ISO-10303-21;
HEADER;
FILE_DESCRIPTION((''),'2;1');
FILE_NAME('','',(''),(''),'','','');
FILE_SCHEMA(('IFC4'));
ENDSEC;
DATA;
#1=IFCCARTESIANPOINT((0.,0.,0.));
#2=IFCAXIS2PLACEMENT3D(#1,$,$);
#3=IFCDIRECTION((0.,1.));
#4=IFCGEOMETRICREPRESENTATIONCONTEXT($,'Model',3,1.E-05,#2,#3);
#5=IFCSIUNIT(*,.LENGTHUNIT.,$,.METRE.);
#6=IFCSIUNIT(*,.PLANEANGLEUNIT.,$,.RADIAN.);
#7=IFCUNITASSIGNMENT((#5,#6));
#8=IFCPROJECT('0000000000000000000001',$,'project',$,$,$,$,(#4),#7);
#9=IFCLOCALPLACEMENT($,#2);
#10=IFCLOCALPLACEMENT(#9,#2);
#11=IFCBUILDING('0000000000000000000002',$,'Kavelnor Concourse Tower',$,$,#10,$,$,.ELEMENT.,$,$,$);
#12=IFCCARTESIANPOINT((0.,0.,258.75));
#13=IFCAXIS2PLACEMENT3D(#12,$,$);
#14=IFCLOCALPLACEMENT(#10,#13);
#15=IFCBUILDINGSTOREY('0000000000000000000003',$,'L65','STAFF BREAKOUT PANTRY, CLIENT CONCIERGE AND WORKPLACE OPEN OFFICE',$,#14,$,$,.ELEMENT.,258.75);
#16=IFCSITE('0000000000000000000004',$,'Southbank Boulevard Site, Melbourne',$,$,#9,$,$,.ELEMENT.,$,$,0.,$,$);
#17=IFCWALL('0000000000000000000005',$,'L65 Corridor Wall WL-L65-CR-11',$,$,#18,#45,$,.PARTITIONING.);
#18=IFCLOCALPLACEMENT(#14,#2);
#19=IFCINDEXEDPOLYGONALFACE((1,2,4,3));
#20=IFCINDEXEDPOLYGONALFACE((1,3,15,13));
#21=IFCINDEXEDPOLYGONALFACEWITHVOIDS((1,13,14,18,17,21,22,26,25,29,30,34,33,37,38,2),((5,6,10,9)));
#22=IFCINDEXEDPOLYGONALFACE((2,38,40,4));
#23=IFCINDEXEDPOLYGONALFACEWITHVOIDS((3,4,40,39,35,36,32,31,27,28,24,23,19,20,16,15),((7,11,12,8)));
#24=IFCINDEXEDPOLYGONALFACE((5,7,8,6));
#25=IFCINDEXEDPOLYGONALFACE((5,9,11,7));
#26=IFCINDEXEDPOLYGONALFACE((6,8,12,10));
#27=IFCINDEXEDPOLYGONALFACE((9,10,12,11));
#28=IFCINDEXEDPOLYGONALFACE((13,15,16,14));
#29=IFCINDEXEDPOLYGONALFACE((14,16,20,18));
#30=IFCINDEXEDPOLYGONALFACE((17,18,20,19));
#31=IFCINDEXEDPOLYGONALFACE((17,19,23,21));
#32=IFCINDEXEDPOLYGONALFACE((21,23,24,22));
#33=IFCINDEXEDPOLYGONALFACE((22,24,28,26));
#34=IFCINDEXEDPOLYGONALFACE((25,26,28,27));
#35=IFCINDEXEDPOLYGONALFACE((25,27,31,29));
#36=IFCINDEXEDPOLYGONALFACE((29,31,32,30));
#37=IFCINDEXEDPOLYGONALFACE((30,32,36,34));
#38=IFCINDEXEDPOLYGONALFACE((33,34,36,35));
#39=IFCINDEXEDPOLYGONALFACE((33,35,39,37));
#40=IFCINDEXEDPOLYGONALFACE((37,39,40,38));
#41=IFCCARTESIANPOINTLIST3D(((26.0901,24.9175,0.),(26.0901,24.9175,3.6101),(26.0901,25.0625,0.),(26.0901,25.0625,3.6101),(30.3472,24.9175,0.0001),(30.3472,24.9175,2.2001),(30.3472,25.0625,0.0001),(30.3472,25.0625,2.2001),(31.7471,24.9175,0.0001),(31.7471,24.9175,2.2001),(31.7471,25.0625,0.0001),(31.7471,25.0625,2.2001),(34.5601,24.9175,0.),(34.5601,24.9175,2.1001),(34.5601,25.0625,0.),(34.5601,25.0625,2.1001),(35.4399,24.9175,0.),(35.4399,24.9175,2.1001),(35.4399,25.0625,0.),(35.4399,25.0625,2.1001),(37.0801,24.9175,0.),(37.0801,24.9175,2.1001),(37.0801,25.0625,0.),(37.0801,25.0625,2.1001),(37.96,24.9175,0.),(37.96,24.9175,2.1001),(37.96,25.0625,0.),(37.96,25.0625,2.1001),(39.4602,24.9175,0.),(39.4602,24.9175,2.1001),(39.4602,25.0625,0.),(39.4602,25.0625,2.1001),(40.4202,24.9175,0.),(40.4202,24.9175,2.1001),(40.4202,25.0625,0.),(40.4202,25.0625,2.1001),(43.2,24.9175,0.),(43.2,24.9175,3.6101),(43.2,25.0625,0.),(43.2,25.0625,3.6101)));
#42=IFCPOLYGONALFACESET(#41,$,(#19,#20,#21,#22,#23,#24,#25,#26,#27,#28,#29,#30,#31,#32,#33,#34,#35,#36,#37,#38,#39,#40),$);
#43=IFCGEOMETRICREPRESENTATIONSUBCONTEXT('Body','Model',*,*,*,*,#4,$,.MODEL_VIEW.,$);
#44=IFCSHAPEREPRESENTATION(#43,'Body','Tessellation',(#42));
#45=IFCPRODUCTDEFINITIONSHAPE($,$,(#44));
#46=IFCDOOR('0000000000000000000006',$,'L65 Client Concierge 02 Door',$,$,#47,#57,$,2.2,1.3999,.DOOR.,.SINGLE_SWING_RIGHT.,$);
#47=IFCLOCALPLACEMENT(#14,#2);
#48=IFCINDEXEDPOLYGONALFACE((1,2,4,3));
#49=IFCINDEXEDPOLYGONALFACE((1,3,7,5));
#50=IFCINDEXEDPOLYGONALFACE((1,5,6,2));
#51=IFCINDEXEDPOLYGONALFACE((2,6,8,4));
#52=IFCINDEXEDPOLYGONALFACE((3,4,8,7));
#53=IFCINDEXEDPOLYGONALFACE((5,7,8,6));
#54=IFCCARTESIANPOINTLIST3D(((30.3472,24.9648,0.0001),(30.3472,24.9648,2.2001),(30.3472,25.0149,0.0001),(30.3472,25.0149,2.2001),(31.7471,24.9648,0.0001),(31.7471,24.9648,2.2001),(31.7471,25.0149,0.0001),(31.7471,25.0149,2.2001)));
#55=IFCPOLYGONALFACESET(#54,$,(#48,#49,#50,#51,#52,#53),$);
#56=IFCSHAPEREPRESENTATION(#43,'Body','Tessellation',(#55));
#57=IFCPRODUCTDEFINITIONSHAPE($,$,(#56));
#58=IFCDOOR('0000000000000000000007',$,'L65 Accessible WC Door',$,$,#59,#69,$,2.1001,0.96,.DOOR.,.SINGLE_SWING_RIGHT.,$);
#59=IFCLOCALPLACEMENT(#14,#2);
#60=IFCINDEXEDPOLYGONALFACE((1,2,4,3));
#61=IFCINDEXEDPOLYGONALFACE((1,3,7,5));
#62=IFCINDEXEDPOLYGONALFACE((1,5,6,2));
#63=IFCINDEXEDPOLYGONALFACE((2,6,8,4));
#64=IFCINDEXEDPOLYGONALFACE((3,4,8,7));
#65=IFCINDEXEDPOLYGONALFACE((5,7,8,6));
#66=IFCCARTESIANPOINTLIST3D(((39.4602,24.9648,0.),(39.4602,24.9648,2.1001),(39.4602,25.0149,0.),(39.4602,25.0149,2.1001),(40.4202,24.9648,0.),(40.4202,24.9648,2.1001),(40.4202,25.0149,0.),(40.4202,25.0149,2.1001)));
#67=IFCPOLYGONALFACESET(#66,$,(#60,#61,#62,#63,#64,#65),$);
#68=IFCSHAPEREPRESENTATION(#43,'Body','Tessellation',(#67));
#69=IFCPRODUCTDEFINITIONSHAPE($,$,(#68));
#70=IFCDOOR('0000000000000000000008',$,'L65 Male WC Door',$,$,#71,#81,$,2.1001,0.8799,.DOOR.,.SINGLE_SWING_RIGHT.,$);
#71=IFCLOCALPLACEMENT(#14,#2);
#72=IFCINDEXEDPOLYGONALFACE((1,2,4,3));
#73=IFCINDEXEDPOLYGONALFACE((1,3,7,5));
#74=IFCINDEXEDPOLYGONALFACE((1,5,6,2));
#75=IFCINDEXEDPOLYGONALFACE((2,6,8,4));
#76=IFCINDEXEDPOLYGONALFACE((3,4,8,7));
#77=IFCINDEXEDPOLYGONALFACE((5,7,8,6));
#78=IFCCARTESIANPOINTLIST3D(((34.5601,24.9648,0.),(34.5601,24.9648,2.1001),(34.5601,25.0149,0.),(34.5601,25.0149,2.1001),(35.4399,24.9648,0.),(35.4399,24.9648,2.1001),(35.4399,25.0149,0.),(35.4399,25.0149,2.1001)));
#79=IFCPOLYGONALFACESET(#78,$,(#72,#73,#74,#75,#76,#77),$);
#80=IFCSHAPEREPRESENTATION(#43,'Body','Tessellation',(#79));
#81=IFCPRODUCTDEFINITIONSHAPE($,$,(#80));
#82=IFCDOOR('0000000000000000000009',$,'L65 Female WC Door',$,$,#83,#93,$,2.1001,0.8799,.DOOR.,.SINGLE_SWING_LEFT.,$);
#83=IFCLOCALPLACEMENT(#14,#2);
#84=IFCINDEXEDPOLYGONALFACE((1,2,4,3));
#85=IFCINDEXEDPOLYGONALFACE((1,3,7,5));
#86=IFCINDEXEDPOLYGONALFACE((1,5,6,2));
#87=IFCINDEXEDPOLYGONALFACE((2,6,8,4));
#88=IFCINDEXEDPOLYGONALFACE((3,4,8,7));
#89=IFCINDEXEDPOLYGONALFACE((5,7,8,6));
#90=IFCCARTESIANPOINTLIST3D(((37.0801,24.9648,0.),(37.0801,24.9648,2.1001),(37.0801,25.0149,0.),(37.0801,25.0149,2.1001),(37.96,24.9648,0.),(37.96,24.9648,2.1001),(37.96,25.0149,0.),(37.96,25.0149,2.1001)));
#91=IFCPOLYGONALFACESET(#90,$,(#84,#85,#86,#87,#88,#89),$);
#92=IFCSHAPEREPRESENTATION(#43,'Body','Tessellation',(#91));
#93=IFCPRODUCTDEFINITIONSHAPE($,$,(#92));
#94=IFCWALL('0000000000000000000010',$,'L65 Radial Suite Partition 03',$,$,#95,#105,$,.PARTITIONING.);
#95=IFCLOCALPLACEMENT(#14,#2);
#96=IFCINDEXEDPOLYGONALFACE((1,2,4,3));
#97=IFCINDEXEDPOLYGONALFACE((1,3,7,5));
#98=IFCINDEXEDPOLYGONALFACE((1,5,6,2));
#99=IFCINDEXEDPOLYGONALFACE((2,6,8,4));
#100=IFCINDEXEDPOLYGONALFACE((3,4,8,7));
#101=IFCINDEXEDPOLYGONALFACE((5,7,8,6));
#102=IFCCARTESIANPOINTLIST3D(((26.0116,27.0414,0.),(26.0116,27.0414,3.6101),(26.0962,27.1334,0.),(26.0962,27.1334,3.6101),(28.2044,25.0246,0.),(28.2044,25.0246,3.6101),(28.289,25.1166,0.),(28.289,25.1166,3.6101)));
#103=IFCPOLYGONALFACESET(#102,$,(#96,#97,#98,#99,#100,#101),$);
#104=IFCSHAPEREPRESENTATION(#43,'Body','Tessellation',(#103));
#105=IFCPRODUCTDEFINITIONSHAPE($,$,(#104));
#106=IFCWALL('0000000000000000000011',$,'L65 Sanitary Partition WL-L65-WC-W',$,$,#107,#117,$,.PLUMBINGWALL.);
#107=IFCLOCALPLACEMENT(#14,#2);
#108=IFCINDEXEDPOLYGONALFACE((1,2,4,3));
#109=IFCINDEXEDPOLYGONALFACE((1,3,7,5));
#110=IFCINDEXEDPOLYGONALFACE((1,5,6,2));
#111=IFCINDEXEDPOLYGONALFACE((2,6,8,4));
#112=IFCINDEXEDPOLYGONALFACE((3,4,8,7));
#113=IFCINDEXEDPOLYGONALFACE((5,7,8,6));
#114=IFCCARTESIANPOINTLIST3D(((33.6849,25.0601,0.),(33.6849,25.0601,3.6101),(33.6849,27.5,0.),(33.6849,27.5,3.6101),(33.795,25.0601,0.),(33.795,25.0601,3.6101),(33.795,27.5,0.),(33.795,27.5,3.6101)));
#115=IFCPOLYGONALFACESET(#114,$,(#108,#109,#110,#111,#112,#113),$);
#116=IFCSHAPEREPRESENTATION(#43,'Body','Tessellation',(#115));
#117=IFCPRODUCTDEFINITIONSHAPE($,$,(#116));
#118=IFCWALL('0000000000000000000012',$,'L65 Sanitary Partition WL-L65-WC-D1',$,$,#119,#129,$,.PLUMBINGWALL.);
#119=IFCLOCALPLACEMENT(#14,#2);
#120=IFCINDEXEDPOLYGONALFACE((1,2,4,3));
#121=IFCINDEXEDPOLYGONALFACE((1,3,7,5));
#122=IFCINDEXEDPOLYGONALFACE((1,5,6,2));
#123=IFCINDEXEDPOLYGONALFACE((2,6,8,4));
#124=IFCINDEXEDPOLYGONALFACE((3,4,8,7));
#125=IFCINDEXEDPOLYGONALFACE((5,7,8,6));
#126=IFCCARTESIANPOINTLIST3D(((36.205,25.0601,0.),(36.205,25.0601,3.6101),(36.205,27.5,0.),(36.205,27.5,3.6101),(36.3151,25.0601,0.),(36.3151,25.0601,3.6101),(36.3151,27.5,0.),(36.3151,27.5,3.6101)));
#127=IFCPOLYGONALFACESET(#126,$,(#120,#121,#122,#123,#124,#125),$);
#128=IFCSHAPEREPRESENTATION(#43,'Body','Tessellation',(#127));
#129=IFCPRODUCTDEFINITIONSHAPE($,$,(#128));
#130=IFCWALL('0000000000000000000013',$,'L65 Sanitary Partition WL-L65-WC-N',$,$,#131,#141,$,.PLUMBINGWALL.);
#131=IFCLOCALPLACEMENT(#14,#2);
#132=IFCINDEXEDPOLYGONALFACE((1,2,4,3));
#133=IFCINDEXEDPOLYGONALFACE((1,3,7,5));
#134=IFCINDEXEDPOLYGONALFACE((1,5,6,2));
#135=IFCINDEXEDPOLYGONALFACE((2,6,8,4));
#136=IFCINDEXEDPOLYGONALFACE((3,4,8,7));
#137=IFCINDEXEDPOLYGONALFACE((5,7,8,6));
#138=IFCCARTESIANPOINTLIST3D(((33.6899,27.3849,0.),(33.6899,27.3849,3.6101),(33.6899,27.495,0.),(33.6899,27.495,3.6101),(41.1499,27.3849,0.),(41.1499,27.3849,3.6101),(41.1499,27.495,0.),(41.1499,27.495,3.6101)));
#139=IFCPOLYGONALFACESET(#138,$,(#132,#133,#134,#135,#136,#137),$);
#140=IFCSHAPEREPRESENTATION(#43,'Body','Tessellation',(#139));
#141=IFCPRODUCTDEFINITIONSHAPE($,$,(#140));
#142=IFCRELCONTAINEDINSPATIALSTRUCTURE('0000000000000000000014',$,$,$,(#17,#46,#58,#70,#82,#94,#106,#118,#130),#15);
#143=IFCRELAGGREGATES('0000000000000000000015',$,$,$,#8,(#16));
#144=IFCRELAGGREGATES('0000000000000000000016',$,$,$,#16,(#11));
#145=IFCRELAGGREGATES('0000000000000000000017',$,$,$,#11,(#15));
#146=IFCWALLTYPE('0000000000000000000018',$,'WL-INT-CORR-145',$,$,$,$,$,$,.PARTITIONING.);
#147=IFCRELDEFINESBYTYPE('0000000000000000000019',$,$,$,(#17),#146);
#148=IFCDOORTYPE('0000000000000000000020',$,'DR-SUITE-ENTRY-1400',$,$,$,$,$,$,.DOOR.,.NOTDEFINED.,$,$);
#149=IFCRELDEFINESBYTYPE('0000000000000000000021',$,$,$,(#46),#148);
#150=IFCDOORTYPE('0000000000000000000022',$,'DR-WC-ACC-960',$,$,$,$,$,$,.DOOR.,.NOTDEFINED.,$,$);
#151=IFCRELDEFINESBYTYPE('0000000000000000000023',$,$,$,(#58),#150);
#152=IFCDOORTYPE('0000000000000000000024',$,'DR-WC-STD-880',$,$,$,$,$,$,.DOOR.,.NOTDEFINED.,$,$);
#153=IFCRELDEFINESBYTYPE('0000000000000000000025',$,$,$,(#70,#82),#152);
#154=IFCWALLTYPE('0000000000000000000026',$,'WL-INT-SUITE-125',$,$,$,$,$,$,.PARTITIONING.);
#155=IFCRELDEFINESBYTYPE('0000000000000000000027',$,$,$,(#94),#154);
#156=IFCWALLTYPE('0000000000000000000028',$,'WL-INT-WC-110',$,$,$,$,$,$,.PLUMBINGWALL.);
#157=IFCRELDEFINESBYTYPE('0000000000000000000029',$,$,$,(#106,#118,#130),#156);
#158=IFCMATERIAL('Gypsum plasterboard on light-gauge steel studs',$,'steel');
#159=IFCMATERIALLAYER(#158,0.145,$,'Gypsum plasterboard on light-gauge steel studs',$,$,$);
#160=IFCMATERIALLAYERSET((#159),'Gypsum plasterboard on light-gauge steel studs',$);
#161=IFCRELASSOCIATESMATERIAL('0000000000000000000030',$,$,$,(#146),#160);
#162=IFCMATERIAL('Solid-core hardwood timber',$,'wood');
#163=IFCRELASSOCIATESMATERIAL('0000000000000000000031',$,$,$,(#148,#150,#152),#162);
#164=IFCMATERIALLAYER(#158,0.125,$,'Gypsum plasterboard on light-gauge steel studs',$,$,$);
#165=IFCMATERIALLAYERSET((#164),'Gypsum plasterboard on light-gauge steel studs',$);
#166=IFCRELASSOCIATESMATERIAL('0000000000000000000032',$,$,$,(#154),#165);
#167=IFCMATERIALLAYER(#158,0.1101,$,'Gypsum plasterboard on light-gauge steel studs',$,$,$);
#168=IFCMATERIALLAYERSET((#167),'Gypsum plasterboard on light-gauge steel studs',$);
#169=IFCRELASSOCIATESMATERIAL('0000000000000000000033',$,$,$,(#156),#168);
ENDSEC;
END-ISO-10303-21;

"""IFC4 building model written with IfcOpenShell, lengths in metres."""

from ifc_helpers import new_model, si_unit, direction, frame, frame_2d, origin, place, context, subcontext, project, spatial, rectangle, extrude, material, layer, layer_set, type_object, element, fill, save


model = new_model("IFC4")

# Units and contexts
model_context = context("Model", 3, precision=1e-05, world=origin(), true_north=direction((0.0, 1.0)))
body_context = subcontext(model_context, "Body", "Model", "MODEL_VIEW")
ifc_project = project(units=[si_unit("LENGTHUNIT", "METRE"), si_unit("PLANEANGLEUNIT", "RADIAN")], contexts=[model_context])

# Site, building, storey
site_placement = place(None, origin())
site = spatial("IfcSite", under=ifc_project, at=site_placement, Name="Southbank Boulevard Site, Melbourne", CompositionType="ELEMENT", RefElevation=0.0)
building_placement = place(site_placement, origin())
building = spatial("IfcBuilding", under=site, at=building_placement, Name="Kavelnor Concourse Tower", CompositionType="ELEMENT")
storey_placement = place(building_placement, frame((0.0, 0.0, 258.75)))
storey = spatial("IfcBuildingStorey", under=building, at=storey_placement, Name="L65", Description="STAFF BREAKOUT PANTRY, CLIENT CONCIERGE AND WORKPLACE OPEN OFFICE", CompositionType="ELEMENT", Elevation=258.75)

# Wall, openings, doors
ifc_material_1 = material(Name="Gypsum plasterboard on light-gauge steel studs", Category="steel")
ifc_layer_1 = layer(ifc_material_1, 0.145, Name="Gypsum plasterboard on light-gauge steel studs")
ifc_layer_set_1 = layer_set([ifc_layer_1], Name="Gypsum plasterboard on light-gauge steel studs")
wall_type_1 = type_object("IfcWallType", Name="WL-INT-CORR-145", PredefinedType="PARTITIONING", material=ifc_layer_set_1)
wall_1_placement = place(storey_placement, frame((26.0901, 24.99, 0.0), z_axis=(0.0, 0.0, 1.0), x_axis=(1.0, 0.0, 0.0)))
wall_1 = element("IfcWall", 1, at=wall_1_placement, inside=storey, type_object=wall_type_1, Name="L65 Corridor Wall WL-L65-CR-11", PredefinedType="PARTITIONING", context=body_context, shape_type="SweptSolid", body=[
    extrude(rectangle(XDim=17.1099, YDim=0.145, at=frame_2d((8.5549, 0.0))), origin(), (0.0, 0.0, 1.0), 3.6101),
])
opening_1_placement = place(wall_1_placement, frame((8.47, 0.0, 0.0)))
opening_1 = element("IfcOpeningElement", 2, at=opening_1_placement, cuts=wall_1, PredefinedType="OPENING", context=body_context, shape_type="SweptSolid", body=[
    extrude(rectangle(XDim=0.8799, YDim=2.1001, at=frame_2d((0.4399, 1.05))), frame((0.0, 0.0825, 0.0), z_axis=(0.0, -1.0, 0.0), x_axis=(1.0, 0.0, 0.0)), (0.0, 0.0, 1.0), 0.165),
])
opening_2_placement = place(wall_1_placement, frame((10.99, 0.0, 0.0)))
opening_2 = element("IfcOpeningElement", 3, at=opening_2_placement, cuts=wall_1, PredefinedType="OPENING", context=body_context, shape_type="SweptSolid", body=[
    extrude(rectangle(XDim=0.8799, YDim=2.1001, at=frame_2d((0.4399, 1.05))), frame((0.0, 0.0825, 0.0), z_axis=(0.0, -1.0, 0.0), x_axis=(1.0, 0.0, 0.0)), (0.0, 0.0, 1.0), 0.165),
])
opening_3_placement = place(wall_1_placement, frame((13.3701, 0.0, 0.0)))
opening_3 = element("IfcOpeningElement", 4, at=opening_3_placement, cuts=wall_1, PredefinedType="OPENING", context=body_context, shape_type="SweptSolid", body=[
    extrude(rectangle(XDim=0.96, YDim=2.1001, at=frame_2d((0.48, 1.05))), frame((0.0, 0.0825, 0.0), z_axis=(0.0, -1.0, 0.0), x_axis=(1.0, 0.0, 0.0)), (0.0, 0.0, 1.0), 0.165),
])
opening_4_placement = place(wall_1_placement, frame((4.2571, 0.0, 0.0)))
opening_4 = element("IfcOpeningElement", 5, at=opening_4_placement, cuts=wall_1, PredefinedType="OPENING", context=body_context, shape_type="SweptSolid", body=[
    extrude(rectangle(XDim=1.3999, YDim=2.2, at=frame_2d((0.7, 1.1001))), frame((0.0, 0.0825, 0.0), z_axis=(0.0, -1.0, 0.0), x_axis=(1.0, 0.0, 0.0)), (0.0, 0.0, 1.0), 0.165),
])
ifc_material_2 = material(Name="Solid-core hardwood timber", Category="wood")
door_type_1 = type_object("IfcDoorType", Name="DR-SUITE-ENTRY-1400", OperationType="NOTDEFINED", PredefinedType="DOOR", material=ifc_material_2)
door_1_placement = place(opening_4_placement, origin())
door_1 = element("IfcDoor", 6, at=door_1_placement, inside=storey, type_object=door_type_1, Name="L65 Client Concierge 02 Door", OperationType="SINGLE_SWING_RIGHT", OverallHeight=2.2, OverallWidth=1.3999, PredefinedType="DOOR", context=body_context, shape_type="SweptSolid", body=[
    extrude(rectangle(XDim=1.3999, YDim=2.2, at=frame_2d((0.7, 1.1001))), frame((0.0, 0.0249, 0.0), z_axis=(0.0, -1.0, 0.0), x_axis=(1.0, 0.0, 0.0)), (0.0, 0.0, 1.0), 0.05),
])
fill(opening_4, door_1)
door_type_2 = type_object("IfcDoorType", Name="DR-WC-ACC-960", OperationType="NOTDEFINED", PredefinedType="DOOR", material=ifc_material_2)
door_2_placement = place(opening_3_placement, origin())
door_2 = element("IfcDoor", 7, at=door_2_placement, inside=storey, type_object=door_type_2, Name="L65 Accessible WC Door", OperationType="SINGLE_SWING_RIGHT", OverallHeight=2.1001, OverallWidth=0.96, PredefinedType="DOOR", context=body_context, shape_type="SweptSolid", body=[
    extrude(rectangle(XDim=0.96, YDim=2.1001, at=frame_2d((0.48, 1.05))), frame((0.0, 0.0249, 0.0), z_axis=(0.0, -1.0, 0.0), x_axis=(1.0, 0.0, 0.0)), (0.0, 0.0, 1.0), 0.05),
])
fill(opening_3, door_2)
door_type_3 = type_object("IfcDoorType", Name="DR-WC-STD-880", OperationType="NOTDEFINED", PredefinedType="DOOR", material=ifc_material_2)
door_3_placement = place(opening_1_placement, origin())
door_3 = element("IfcDoor", 8, at=door_3_placement, inside=storey, type_object=door_type_3, Name="L65 Male WC Door", OperationType="SINGLE_SWING_RIGHT", OverallHeight=2.1001, OverallWidth=0.8799, PredefinedType="DOOR", context=body_context, shape_type="SweptSolid", body=[
    extrude(rectangle(XDim=0.8799, YDim=2.1001, at=frame_2d((0.4399, 1.05))), frame((0.0, 0.0249, 0.0), z_axis=(0.0, -1.0, 0.0), x_axis=(1.0, 0.0, 0.0)), (0.0, 0.0, 1.0), 0.05),
])
fill(opening_1, door_3)
door_4_placement = place(opening_2_placement, origin())
door_4 = element("IfcDoor", 9, at=door_4_placement, inside=storey, type_object=door_type_3, Name="L65 Female WC Door", OperationType="SINGLE_SWING_LEFT", OverallHeight=2.1001, OverallWidth=0.8799, PredefinedType="DOOR", context=body_context, shape_type="SweptSolid", body=[
    extrude(rectangle(XDim=0.8799, YDim=2.1001, at=frame_2d((0.4399, 1.05))), frame((0.0, 0.0249, 0.0), z_axis=(0.0, -1.0, 0.0), x_axis=(1.0, 0.0, 0.0)), (0.0, 0.0, 1.0), 0.05),
])
fill(opening_2, door_4)

# Walls
ifc_layer_2 = layer(ifc_material_1, 0.125, Name="Gypsum plasterboard on light-gauge steel studs")
ifc_layer_set_2 = layer_set([ifc_layer_2], Name="Gypsum plasterboard on light-gauge steel studs")
wall_type_2 = type_object("IfcWallType", Name="WL-INT-SUITE-125", PredefinedType="PARTITIONING", material=ifc_layer_set_2)
wall_2_placement = place(storey_placement, frame((28.2468, 25.0706, 0.0), z_axis=(0.0, 0.0, 1.0), x_axis=(-0.736031, 0.676948, 0.0)))
element("IfcWall", 10, at=wall_2_placement, inside=storey, type_object=wall_type_2, Name="L65 Radial Suite Partition 03", PredefinedType="PARTITIONING", context=body_context, shape_type="SweptSolid", body=[
    extrude(rectangle(XDim=2.9792, YDim=0.125, at=frame_2d((1.4897, 0.0))), origin(), (0.0, 0.0, 1.0), 3.6101),
])
ifc_layer_3 = layer(ifc_material_1, 0.1101, Name="Gypsum plasterboard on light-gauge steel studs")
ifc_layer_set_3 = layer_set([ifc_layer_3], Name="Gypsum plasterboard on light-gauge steel studs")
wall_type_3 = type_object("IfcWallType", Name="WL-INT-WC-110", PredefinedType="PLUMBINGWALL", material=ifc_layer_set_3)
for number, where, z_axis, x_axis, name in (
    (11, (33.74, 25.0601, 0.0), (0.0, 0.0, 1.0), (0.0, 1.0, 0.0), "L65 Sanitary Partition WL-L65-WC-W"),
    (12, (36.26, 25.0601, 0.0), (0.0, 0.0, 1.0), (0.0, 1.0, 0.0), "L65 Sanitary Partition WL-L65-WC-D1"),
):
    element("IfcWall", number, at=place(storey_placement, frame(where, z_axis=z_axis, x_axis=x_axis)), inside=storey, type_object=wall_type_3, Name=name, PredefinedType="PLUMBINGWALL", context=body_context, shape_type="SweptSolid", body=[
        extrude(rectangle(XDim=2.4399, YDim=0.1101, at=frame_2d((1.22, 0.0))), origin(), (0.0, 0.0, 1.0), 3.6101),
    ])
wall_3_placement = place(storey_placement, frame((33.6899, 27.4399, 0.0), z_axis=(0.0, 0.0, 1.0), x_axis=(1.0, 0.0, 0.0)))
element("IfcWall", 13, at=wall_3_placement, inside=storey, type_object=wall_type_3, Name="L65 Sanitary Partition WL-L65-WC-N", PredefinedType="PLUMBINGWALL", context=body_context, shape_type="SweptSolid", body=[
    extrude(rectangle(XDim=7.46, YDim=0.1101, at=frame_2d((3.73, 0.0))), origin(), (0.0, 0.0, 1.0), 3.6101),
])

save(model, "model.ifc")
